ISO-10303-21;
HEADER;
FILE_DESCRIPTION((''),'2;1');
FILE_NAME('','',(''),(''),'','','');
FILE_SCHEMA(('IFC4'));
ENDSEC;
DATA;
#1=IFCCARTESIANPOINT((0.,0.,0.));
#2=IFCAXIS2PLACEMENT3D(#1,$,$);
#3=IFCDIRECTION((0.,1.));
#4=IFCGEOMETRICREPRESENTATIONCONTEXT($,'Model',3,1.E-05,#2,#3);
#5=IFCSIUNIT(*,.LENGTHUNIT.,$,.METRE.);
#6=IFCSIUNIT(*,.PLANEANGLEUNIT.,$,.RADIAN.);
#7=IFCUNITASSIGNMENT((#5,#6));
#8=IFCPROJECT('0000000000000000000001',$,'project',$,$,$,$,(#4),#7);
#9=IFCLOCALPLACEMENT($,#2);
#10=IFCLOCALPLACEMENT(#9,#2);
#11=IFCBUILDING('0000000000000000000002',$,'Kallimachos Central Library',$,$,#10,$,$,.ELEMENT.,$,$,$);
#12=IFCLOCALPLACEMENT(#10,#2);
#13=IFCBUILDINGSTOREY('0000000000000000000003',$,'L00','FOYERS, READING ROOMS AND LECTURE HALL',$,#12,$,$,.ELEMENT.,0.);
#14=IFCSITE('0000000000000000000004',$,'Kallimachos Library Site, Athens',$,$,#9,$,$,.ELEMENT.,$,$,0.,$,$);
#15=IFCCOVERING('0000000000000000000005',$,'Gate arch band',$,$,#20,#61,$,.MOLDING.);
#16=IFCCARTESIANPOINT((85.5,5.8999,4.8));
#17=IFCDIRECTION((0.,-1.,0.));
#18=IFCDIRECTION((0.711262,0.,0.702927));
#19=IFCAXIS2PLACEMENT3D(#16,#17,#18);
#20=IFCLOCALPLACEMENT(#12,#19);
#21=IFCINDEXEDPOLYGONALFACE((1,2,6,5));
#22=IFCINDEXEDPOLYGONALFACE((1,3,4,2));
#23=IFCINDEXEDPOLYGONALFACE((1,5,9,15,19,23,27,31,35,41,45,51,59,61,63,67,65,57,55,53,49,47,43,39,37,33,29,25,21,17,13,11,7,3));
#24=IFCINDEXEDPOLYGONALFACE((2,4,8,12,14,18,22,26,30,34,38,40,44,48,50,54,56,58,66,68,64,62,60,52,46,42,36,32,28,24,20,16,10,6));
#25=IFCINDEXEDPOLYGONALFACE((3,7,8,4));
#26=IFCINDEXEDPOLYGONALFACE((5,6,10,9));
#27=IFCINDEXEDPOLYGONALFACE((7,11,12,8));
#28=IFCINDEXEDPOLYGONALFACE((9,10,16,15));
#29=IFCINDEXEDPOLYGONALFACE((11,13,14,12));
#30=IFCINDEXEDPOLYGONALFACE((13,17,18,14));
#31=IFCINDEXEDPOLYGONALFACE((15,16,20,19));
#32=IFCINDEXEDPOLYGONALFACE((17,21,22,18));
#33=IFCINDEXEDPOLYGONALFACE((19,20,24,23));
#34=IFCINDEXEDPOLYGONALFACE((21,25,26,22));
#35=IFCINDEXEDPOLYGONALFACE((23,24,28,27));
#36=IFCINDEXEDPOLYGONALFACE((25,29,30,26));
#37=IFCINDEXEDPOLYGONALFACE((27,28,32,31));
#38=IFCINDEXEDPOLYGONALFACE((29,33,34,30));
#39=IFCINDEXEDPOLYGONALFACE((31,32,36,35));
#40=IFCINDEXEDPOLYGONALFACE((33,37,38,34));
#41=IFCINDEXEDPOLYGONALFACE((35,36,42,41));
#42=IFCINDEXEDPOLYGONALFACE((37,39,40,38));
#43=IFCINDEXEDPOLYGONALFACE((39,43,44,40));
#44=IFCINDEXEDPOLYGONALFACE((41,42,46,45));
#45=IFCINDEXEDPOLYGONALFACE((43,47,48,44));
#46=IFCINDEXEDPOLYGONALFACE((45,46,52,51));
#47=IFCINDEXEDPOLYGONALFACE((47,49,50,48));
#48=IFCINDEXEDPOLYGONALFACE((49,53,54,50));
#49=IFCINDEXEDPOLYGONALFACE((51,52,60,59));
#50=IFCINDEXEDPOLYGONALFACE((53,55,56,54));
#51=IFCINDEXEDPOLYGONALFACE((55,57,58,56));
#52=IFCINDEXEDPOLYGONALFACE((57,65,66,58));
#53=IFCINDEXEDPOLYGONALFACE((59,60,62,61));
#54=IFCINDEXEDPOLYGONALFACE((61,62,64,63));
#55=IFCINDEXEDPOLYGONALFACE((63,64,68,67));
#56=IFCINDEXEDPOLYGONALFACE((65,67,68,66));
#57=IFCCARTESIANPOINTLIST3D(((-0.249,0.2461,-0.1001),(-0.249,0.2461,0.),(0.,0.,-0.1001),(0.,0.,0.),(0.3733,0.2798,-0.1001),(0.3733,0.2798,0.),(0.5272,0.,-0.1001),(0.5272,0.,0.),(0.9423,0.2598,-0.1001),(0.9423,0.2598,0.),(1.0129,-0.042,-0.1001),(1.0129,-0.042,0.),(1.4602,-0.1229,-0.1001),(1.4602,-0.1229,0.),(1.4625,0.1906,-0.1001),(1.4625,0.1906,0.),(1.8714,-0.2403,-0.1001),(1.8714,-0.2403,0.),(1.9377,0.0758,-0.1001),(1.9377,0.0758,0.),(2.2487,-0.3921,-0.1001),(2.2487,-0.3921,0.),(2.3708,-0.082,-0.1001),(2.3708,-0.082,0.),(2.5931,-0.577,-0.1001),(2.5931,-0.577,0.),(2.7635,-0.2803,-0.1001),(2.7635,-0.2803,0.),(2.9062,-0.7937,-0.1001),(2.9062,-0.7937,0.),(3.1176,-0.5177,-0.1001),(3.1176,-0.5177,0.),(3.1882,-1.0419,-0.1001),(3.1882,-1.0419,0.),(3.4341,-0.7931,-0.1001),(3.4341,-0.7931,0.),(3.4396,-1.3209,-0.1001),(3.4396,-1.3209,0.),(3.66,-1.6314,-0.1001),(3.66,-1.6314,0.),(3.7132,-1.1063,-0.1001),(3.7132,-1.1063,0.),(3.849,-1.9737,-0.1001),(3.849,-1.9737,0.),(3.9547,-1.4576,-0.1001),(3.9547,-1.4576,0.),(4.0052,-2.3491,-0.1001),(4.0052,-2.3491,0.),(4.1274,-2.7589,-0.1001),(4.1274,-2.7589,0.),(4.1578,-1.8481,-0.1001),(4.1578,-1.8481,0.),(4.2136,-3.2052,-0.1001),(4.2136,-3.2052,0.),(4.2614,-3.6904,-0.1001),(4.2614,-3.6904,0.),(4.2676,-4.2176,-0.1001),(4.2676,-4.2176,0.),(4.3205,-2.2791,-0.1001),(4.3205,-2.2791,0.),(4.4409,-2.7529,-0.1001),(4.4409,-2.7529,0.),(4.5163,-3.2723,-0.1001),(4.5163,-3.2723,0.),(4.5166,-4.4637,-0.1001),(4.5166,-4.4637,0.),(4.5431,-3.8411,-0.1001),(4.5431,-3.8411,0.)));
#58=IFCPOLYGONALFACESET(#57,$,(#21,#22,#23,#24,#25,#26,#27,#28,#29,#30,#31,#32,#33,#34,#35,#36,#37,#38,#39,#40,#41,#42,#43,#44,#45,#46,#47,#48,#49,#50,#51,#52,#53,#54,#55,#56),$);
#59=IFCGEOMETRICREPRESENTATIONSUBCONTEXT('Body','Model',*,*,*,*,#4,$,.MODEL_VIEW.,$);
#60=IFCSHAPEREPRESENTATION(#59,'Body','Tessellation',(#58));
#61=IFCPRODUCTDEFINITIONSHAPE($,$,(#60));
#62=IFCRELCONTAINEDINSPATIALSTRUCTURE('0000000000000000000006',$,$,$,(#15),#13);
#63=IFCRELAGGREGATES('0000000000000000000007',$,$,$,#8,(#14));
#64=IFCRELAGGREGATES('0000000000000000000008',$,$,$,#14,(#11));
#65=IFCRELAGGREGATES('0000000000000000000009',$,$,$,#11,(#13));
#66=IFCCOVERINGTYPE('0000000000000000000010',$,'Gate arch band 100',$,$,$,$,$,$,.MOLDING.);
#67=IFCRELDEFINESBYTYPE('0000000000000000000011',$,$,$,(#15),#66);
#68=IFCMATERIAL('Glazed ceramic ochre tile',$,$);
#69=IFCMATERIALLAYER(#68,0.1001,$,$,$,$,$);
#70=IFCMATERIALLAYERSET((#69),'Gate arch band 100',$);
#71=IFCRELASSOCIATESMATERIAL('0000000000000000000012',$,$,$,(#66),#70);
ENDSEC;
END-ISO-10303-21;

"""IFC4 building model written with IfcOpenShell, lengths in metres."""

from ifc_helpers import new_model, si_unit, direction, frame, origin, place, context, subcontext, project, spatial, polyline, outline, extrude, material, layer, layer_set, type_object, element, save


model = new_model("IFC4")

# Units and contexts
model_context = context("Model", 3, precision=1e-05, world=origin(), true_north=direction((0.0, 1.0)))
body_context = subcontext(model_context, "Body", "Model", "MODEL_VIEW")
ifc_project = project(units=[si_unit("LENGTHUNIT", "METRE"), si_unit("PLANEANGLEUNIT", "RADIAN")], contexts=[model_context])

# Site, building, storey
site_placement = place(None, origin())
site = spatial("IfcSite", under=ifc_project, at=site_placement, Name="Kallimachos Library Site, Athens", CompositionType="ELEMENT", RefElevation=0.0)
building_placement = place(site_placement, origin())
building = spatial("IfcBuilding", under=site, at=building_placement, Name="Kallimachos Central Library", CompositionType="ELEMENT")
storey_placement = place(building_placement, origin())
storey = spatial("IfcBuildingStorey", under=building, at=storey_placement, Name="L00", Description="FOYERS, READING ROOMS AND LECTURE HALL", CompositionType="ELEMENT", Elevation=0.0)

# Covering
ifc_material_1 = material(Name="Glazed ceramic ochre tile")
ifc_layer_1 = layer(ifc_material_1, 0.1001)
ifc_layer_set_1 = layer_set([ifc_layer_1], Name="Gate arch band 100")
covering_type_1 = type_object("IfcCoveringType", Name="Gate arch band 100", PredefinedType="MOLDING", material=ifc_layer_set_1)
covering_1_placement = place(storey_placement, frame((85.5, 5.8999, 4.8), z_axis=(0.0, -1.0, 0.0), x_axis=(0.711262, 0.0, 0.702927)))
element("IfcCovering", 1, at=covering_1_placement, inside=storey, type_object=covering_type_1, Name="Gate arch band", PredefinedType="MOLDING", context=body_context, shape_type="SweptSolid", body=[
    extrude(outline(polyline([(0.0, 0.0), (0.5272, 0.0), (1.0129, -0.042), (1.4602, -0.1229), (1.8714, -0.2403), (2.2487, -0.3921), (2.5931, -0.577), (2.9062, -0.7937), (3.1882, -1.0419), (3.4396, -1.3209), (3.66, -1.6314), (3.849, -1.9737), (4.0052, -2.3491), (4.1274, -2.7589), (4.2136, -3.2052), (4.2614, -3.6904), (4.2676, -4.2176), (4.5166, -4.4637), (4.5431, -3.8411), (4.5163, -3.2723), (4.4409, -2.7529), (4.3205, -2.2791), (4.1578, -1.8481), (3.9547, -1.4576), (3.7132, -1.1063), (3.4341, -0.7931), (3.1176, -0.5177), (2.7635, -0.2803), (2.3708, -0.082), (1.9377, 0.0758), (1.4625, 0.1906), (0.9423, 0.2598), (0.3733, 0.2798), (-0.249, 0.2461), (0.0, 0.0)])), origin(), (0.0, 0.0, -1.0), 0.1001),
])

save(model, "model.ifc")
